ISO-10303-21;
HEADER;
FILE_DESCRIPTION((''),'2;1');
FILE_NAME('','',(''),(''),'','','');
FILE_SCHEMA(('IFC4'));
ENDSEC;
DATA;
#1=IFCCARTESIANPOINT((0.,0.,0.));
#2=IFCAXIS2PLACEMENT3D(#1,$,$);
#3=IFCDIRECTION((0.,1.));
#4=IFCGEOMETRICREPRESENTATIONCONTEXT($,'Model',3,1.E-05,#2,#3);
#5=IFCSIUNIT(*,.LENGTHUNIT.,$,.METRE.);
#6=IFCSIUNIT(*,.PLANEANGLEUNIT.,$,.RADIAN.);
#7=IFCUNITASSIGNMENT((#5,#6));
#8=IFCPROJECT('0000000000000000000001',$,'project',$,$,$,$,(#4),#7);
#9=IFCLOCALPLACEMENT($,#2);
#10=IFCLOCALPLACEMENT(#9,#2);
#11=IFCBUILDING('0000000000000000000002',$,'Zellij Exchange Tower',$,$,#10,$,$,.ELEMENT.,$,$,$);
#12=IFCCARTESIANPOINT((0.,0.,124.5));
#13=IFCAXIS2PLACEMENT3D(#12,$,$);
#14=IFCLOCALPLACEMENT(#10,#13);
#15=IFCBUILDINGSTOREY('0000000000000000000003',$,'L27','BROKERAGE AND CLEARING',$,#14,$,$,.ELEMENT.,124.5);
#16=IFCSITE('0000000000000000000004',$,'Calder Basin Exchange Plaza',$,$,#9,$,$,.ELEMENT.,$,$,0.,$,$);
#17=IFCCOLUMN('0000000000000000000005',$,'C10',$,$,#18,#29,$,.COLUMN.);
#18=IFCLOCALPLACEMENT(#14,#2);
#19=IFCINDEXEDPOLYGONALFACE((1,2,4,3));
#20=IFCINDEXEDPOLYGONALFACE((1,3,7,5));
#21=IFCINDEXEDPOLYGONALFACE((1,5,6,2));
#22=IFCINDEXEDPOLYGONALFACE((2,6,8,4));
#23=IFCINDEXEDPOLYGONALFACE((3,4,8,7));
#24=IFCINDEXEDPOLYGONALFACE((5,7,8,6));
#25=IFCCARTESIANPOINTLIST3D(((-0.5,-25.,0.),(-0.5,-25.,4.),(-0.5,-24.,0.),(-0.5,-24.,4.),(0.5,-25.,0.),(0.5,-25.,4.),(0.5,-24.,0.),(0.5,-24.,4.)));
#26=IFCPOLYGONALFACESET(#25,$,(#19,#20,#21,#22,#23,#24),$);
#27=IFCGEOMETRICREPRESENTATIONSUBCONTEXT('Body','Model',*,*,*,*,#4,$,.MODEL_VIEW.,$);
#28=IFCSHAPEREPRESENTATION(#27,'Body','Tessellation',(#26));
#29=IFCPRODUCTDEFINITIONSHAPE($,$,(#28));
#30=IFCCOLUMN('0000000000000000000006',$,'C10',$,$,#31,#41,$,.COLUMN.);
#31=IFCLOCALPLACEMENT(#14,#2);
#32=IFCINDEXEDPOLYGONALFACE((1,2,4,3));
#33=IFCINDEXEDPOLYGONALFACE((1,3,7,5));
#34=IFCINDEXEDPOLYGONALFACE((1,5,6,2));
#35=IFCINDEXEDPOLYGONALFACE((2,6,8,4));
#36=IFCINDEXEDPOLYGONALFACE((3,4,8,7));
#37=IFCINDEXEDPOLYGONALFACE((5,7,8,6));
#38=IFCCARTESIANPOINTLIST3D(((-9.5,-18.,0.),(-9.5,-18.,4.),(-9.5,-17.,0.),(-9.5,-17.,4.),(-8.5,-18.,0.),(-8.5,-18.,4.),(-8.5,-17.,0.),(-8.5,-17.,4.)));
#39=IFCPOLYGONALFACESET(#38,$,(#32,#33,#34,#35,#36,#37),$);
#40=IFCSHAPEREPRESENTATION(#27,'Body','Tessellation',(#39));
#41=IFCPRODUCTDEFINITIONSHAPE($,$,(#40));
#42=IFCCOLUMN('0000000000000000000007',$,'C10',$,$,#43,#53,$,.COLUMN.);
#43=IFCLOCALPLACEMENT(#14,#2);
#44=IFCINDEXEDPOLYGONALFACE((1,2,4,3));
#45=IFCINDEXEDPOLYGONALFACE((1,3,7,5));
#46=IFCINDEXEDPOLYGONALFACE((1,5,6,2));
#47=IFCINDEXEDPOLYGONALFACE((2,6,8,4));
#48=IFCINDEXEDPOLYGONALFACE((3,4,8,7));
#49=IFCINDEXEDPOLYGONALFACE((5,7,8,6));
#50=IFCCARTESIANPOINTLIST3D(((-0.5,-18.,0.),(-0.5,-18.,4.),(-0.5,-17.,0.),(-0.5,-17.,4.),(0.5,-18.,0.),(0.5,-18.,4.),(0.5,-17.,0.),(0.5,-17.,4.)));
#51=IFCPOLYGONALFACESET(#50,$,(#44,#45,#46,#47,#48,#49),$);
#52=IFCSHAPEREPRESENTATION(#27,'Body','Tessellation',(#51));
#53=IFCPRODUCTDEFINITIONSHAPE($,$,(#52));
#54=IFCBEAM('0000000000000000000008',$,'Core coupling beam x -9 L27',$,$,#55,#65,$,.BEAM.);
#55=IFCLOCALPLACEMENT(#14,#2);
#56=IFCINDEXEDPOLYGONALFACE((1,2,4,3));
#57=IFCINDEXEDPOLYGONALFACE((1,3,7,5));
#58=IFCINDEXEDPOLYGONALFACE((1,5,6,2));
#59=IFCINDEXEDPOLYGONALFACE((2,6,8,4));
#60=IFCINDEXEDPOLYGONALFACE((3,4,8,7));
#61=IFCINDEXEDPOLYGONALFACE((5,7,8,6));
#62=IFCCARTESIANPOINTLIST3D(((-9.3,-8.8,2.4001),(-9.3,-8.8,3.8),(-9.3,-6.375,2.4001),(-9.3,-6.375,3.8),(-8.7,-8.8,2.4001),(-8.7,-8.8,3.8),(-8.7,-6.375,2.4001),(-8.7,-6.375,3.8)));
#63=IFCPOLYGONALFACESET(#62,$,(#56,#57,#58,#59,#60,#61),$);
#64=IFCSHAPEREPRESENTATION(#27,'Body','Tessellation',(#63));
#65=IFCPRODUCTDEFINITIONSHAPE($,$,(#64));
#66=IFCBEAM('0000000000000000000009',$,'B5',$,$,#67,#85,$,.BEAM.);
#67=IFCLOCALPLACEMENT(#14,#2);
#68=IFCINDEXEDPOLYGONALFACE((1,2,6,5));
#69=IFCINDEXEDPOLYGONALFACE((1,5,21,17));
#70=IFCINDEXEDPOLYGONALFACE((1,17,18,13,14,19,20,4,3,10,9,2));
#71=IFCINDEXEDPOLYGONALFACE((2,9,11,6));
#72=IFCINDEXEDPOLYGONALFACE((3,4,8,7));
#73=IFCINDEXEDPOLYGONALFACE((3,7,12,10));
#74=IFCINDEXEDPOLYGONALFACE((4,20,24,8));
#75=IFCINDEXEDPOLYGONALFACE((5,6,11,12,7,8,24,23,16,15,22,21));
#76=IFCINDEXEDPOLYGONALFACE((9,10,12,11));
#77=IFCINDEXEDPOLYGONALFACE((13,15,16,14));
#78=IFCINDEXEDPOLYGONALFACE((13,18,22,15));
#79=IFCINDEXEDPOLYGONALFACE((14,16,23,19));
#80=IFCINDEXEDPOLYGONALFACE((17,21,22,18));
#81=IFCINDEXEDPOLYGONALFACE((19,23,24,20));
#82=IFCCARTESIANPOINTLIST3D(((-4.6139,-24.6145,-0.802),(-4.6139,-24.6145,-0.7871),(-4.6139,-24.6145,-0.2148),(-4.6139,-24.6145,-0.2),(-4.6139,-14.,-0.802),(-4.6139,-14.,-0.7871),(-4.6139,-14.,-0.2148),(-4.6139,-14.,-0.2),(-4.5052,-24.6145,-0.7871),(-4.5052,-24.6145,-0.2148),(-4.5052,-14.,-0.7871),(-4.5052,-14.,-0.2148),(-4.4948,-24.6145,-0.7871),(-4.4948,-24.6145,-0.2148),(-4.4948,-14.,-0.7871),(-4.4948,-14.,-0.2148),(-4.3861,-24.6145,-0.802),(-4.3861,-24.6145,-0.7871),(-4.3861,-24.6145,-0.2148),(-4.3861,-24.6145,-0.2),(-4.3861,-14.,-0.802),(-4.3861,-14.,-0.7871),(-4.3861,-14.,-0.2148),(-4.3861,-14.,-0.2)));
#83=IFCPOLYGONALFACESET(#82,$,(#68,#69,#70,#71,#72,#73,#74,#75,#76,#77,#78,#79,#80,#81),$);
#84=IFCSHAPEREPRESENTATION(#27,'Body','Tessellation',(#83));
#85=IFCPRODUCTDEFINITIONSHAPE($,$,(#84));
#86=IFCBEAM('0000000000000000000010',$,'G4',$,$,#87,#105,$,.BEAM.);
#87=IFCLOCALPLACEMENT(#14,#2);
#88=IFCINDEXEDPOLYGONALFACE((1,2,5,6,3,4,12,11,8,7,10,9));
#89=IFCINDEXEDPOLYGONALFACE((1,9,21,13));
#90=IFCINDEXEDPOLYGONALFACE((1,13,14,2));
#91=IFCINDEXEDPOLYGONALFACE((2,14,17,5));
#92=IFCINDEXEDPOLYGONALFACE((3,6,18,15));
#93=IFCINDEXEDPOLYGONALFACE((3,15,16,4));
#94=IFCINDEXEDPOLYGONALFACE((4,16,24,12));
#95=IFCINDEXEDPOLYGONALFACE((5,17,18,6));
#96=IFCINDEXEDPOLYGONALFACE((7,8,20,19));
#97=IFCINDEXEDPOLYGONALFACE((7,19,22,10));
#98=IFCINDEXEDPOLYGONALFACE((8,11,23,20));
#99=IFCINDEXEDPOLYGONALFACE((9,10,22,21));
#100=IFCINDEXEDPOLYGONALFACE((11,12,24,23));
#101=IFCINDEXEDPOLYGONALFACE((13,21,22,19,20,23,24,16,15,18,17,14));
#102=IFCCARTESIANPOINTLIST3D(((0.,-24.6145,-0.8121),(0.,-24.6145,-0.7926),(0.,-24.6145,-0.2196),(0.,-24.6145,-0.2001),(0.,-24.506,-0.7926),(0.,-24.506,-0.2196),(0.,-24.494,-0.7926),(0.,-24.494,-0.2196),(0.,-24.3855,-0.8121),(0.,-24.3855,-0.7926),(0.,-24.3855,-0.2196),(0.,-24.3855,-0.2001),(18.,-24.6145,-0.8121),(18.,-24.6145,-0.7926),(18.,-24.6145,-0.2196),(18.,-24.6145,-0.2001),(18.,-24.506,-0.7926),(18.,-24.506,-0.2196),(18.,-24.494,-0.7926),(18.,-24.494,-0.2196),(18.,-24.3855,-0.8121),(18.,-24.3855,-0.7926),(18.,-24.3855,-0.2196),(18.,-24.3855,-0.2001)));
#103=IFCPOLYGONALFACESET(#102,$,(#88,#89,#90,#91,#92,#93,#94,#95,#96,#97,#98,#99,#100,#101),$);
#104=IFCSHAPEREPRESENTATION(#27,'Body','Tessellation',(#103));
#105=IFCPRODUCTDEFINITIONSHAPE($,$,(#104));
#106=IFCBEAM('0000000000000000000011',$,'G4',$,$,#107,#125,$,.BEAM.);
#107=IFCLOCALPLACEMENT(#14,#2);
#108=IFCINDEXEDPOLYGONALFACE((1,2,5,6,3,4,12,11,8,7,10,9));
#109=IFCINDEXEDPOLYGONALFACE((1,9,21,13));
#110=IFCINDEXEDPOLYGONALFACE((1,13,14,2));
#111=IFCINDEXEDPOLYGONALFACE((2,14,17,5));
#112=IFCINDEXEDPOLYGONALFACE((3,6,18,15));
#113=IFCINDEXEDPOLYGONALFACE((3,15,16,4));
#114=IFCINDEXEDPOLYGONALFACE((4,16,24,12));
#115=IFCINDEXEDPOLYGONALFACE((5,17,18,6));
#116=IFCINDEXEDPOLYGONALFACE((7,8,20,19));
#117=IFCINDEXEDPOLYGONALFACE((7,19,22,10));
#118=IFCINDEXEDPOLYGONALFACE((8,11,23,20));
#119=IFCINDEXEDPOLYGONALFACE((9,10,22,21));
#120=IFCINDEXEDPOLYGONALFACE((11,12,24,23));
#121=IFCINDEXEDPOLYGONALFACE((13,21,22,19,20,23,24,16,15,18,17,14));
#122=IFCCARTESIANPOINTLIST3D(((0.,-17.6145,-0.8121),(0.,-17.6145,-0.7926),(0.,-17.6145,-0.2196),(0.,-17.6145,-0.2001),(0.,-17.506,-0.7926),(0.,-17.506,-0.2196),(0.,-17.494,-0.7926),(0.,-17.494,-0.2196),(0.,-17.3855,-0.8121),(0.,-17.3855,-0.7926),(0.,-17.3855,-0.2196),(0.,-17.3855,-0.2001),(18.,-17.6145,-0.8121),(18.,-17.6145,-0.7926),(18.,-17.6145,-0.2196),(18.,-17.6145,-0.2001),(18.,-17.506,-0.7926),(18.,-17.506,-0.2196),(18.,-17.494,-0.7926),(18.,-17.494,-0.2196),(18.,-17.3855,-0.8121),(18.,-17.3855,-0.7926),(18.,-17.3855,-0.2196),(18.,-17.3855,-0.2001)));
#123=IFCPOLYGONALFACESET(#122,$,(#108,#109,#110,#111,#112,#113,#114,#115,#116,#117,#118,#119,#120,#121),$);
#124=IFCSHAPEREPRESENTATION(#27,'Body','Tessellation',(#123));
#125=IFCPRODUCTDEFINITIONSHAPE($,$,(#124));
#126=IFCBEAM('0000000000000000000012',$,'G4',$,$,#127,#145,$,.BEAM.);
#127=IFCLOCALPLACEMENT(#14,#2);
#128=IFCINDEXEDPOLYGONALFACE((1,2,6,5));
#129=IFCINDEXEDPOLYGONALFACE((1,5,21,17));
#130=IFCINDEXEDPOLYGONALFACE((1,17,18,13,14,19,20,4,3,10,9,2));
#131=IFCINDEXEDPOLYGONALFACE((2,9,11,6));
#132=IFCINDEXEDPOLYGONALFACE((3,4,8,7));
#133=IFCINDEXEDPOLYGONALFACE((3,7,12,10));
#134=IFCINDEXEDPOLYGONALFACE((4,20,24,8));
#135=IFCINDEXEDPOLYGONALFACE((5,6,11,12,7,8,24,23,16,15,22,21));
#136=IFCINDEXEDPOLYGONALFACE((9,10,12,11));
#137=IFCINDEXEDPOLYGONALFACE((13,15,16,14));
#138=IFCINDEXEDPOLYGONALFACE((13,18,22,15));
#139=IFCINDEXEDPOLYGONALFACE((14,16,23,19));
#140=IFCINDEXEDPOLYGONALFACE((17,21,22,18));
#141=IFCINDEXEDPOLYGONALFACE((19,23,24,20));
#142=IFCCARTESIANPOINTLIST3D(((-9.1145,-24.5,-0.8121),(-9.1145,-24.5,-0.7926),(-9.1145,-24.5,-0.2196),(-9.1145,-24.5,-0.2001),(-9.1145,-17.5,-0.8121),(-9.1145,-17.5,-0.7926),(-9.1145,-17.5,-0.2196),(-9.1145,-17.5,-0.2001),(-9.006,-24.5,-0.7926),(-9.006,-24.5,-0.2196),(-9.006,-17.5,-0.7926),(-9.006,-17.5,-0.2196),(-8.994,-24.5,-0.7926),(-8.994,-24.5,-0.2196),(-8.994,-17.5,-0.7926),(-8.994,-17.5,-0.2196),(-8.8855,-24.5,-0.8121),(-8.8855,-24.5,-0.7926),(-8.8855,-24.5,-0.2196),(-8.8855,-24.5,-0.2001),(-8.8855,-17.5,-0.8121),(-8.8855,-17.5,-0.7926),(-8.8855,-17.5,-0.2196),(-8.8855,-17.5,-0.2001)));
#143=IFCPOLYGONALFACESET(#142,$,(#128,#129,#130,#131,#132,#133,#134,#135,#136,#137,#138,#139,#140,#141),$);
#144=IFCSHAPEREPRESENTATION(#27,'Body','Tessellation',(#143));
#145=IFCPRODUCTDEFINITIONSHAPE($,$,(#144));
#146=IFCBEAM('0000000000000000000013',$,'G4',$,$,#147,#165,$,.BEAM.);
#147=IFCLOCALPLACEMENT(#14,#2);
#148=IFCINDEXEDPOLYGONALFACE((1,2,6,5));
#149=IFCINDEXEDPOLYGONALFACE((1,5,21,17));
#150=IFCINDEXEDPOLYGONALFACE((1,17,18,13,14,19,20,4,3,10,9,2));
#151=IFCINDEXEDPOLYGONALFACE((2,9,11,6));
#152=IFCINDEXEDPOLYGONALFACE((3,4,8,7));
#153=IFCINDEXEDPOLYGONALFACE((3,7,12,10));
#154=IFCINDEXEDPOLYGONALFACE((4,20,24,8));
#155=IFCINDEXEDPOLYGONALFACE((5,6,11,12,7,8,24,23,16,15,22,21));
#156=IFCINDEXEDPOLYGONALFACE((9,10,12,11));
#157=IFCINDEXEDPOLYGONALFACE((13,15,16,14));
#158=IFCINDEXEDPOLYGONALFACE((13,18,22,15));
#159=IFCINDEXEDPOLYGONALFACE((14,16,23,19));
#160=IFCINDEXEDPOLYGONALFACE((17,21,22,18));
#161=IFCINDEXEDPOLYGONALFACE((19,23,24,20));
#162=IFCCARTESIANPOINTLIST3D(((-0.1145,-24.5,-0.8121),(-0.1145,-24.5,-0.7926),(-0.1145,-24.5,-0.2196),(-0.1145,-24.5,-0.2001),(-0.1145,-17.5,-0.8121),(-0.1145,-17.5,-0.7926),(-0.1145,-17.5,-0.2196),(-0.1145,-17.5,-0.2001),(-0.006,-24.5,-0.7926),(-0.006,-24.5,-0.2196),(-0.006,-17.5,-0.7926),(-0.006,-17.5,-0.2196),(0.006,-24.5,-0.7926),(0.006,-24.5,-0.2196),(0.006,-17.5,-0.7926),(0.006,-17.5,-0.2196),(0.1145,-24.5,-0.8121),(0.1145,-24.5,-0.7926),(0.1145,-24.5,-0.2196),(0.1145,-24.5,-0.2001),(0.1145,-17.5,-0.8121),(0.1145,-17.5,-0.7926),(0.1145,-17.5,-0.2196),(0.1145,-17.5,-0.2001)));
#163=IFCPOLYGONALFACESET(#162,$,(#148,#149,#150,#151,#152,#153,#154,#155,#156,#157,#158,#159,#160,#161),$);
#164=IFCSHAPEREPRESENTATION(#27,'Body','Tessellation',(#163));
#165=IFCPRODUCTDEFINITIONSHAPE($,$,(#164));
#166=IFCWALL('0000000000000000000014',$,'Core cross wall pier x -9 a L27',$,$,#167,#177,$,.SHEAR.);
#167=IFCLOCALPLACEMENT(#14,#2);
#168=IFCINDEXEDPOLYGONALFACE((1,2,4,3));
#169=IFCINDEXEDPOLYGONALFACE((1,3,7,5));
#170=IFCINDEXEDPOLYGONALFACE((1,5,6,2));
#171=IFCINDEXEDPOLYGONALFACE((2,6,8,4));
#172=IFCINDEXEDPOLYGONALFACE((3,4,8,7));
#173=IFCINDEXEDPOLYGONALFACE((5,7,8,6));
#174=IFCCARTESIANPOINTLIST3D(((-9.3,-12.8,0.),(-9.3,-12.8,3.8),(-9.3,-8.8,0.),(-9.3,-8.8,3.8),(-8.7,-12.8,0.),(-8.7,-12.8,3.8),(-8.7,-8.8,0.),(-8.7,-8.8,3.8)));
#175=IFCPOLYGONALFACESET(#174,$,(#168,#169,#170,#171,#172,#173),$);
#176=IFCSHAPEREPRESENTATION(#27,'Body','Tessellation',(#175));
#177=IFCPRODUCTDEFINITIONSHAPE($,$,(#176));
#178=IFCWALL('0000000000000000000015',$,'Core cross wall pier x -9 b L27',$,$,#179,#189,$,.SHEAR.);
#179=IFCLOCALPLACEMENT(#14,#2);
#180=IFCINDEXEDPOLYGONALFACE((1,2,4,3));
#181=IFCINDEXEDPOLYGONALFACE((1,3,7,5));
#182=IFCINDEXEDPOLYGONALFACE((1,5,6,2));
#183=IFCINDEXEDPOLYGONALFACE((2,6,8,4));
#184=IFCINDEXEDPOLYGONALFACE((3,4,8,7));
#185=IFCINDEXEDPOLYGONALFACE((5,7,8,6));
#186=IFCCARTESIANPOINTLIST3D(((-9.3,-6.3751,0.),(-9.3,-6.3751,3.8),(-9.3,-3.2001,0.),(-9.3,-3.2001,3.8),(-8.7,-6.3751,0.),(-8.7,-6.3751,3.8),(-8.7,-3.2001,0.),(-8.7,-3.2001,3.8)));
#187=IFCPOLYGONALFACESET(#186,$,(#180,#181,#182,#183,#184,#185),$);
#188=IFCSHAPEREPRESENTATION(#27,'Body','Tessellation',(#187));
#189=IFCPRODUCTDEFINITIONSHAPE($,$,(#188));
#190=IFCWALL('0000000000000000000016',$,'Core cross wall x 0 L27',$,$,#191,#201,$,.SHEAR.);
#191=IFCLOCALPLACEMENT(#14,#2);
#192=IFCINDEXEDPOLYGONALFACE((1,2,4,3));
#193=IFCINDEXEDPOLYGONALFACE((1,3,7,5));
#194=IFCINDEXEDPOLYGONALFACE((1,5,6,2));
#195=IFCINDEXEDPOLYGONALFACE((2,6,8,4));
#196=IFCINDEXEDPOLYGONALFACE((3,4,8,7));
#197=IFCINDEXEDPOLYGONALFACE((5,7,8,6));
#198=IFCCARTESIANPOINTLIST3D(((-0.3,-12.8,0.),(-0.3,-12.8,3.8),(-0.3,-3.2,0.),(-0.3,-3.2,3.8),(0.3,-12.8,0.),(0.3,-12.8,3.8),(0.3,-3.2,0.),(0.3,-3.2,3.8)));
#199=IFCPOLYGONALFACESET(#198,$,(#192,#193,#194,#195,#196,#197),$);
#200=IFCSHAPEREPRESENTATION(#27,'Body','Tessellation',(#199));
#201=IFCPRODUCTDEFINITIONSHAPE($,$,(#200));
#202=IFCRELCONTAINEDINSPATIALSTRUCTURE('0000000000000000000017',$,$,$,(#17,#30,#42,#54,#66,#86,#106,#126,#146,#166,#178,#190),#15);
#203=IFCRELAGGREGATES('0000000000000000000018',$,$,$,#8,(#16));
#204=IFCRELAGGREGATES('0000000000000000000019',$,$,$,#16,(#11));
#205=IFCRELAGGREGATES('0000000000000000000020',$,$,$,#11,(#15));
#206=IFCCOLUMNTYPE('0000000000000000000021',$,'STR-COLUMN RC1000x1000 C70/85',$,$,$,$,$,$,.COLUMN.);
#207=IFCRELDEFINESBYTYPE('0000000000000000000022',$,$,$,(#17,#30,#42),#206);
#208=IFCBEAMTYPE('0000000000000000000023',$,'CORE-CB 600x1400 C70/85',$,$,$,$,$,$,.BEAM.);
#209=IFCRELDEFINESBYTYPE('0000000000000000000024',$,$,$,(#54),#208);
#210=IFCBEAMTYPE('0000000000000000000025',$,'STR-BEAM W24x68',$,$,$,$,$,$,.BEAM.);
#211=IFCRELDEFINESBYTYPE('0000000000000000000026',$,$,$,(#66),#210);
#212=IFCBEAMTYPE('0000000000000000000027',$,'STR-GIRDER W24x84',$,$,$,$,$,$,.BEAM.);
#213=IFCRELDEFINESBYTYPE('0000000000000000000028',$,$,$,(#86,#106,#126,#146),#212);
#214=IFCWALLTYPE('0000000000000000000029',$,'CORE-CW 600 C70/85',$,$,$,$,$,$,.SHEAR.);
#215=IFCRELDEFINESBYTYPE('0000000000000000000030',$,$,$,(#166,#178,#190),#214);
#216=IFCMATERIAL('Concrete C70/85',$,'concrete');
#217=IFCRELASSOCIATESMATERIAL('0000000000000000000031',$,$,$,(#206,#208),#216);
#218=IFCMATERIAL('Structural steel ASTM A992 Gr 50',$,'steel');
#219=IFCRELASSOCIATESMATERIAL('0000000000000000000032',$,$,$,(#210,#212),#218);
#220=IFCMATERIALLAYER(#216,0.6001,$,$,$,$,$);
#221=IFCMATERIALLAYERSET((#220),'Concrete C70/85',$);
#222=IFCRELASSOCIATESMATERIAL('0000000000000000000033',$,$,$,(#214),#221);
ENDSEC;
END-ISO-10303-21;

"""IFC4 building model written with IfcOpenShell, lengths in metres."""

from ifc_helpers import new_model, si_unit, direction, frame, frame_2d, origin, origin_2d, place, context, subcontext, project, spatial, rectangle, i_section, extrude, material, layer, layer_set, material_profile, profile_set, type_object, element, save


model = new_model("IFC4")

# Units and contexts
model_context = context("Model", 3, precision=1e-05, world=origin(), true_north=direction((0.0, 1.0)))
body_context = subcontext(model_context, "Body", "Model", "MODEL_VIEW")
ifc_project = project(units=[si_unit("LENGTHUNIT", "METRE"), si_unit("PLANEANGLEUNIT", "RADIAN")], contexts=[model_context])

# Site, building, storey
site_placement = place(None, origin())
site = spatial("IfcSite", under=ifc_project, at=site_placement, Name="Calder Basin Exchange Plaza", CompositionType="ELEMENT", RefElevation=0.0)
building_placement = place(site_placement, origin())
building = spatial("IfcBuilding", under=site, at=building_placement, Name="Zellij Exchange Tower", CompositionType="ELEMENT")
storey_placement = place(building_placement, frame((0.0, 0.0, 124.5)))
storey = spatial("IfcBuildingStorey", under=building, at=storey_placement, Name="L27", Description="BROKERAGE AND CLEARING", CompositionType="ELEMENT", Elevation=124.5)

# Columns
ifc_material_1 = material(Name="Concrete C70/85", Category="concrete")
ifc_material_profile_1 = material_profile(ifc_material_1, rectangle(XDim=1.0, YDim=1.0, at=origin_2d()), Name="STR-COLUMN RC1000x1000 C70/85")
ifc_profile_set_1 = profile_set([ifc_material_profile_1], Name="Concrete C70/85")
column_type = type_object("IfcColumnType", Name="STR-COLUMN RC1000x1000 C70/85", PredefinedType="COLUMN", material=ifc_profile_set_1)
for number, where, z_axis, x_axis, name in (
    (1, (0.0, -24.5, 0.0), (0.0, 0.0, 1.0), (1.0, 0.0, 0.0), "C10"),
    (2, (-9.0, -17.5, 0.0), (0.0, 0.0, 1.0), (1.0, 0.0, 0.0), "C10"),
    (3, (0.0, -17.5, 0.0), (0.0, 0.0, 1.0), (1.0, 0.0, 0.0), "C10"),
):
    element("IfcColumn", number, at=place(storey_placement, frame(where, z_axis=z_axis, x_axis=x_axis)), inside=storey, type_object=column_type, Name=name, PredefinedType="COLUMN", context=body_context, shape_type="SweptSolid", body=[
        extrude(rectangle(XDim=1.0, YDim=1.0, at=origin_2d()), origin(), (0.0, 0.0, 1.0), 4.0),
    ])

# Beams
ifc_material_profile_2 = material_profile(ifc_material_1, rectangle(XDim=0.6001, YDim=1.3999, at=origin_2d()), Name="CORE-CB 600x1400 C70/85")
ifc_profile_set_2 = profile_set([ifc_material_profile_2], Name="Concrete C70/85")
beam_type_1 = type_object("IfcBeamType", Name="CORE-CB 600x1400 C70/85", PredefinedType="BEAM", material=ifc_profile_set_2)
beam_1_placement = place(storey_placement, frame((-9.0, -8.8, 3.1001), z_axis=(0.0, 1.0, 0.0), x_axis=(-1.0, 0.0, 0.0)))
element("IfcBeam", 4, at=beam_1_placement, inside=storey, type_object=beam_type_1, Name="Core coupling beam x -9 L27", PredefinedType="BEAM", context=body_context, shape_type="SweptSolid", body=[
    extrude(rectangle(XDim=0.6001, YDim=1.3999, at=origin_2d()), origin(), (0.0, 0.0, 1.0), 2.425),
])
ifc_material_2 = material(Name="Structural steel ASTM A992 Gr 50", Category="steel")
ifc_material_profile_3 = material_profile(ifc_material_2, i_section(OverallWidth=0.2278, OverallDepth=0.6021, WebThickness=0.0105, FlangeThickness=0.0149, at=origin_2d()), Name="W24x68")
ifc_profile_set_3 = profile_set([ifc_material_profile_3], Name="Structural steel ASTM A992 Gr 50")
beam_type_2 = type_object("IfcBeamType", Name="STR-BEAM W24x68", PredefinedType="BEAM", material=ifc_profile_set_3)
beam_2_placement = place(storey_placement, frame((-4.5, -24.6145, -0.501), z_axis=(0.0, 1.0, 0.0), x_axis=(-1.0, 0.0, 0.0)))
element("IfcBeam", 5, at=beam_2_placement, inside=storey, type_object=beam_type_2, Name="B5", PredefinedType="BEAM", context=body_context, shape_type="SweptSolid", body=[
    extrude(i_section(OverallWidth=0.2278, OverallDepth=0.6021, WebThickness=0.0105, FlangeThickness=0.0149, at=origin_2d()), origin(), (0.0, 0.0, 1.0), 10.6145),
])
ifc_material_profile_4 = material_profile(ifc_material_2, i_section(OverallWidth=0.229, OverallDepth=0.6121, WebThickness=0.012, FlangeThickness=0.0195, at=origin_2d()), Name="W24x84")
ifc_profile_set_4 = profile_set([ifc_material_profile_4], Name="Structural steel ASTM A992 Gr 50")
beam_type_3 = type_object("IfcBeamType", Name="STR-GIRDER W24x84", PredefinedType="BEAM", material=ifc_profile_set_4)
for number, where, z_axis, x_axis, name in (
    (6, (0.0, -24.5, -0.5061), (1.0, 0.0, 0.0), (0.0, 1.0, 0.0), "G4"),
    (7, (0.0, -17.5, -0.5061), (1.0, 0.0, 0.0), (0.0, 1.0, 0.0), "G4"),
):
    element("IfcBeam", number, at=place(storey_placement, frame(where, z_axis=z_axis, x_axis=x_axis)), inside=storey, type_object=beam_type_3, Name=name, PredefinedType="BEAM", context=body_context, shape_type="SweptSolid", body=[
        extrude(i_section(OverallWidth=0.229, OverallDepth=0.6121, WebThickness=0.012, FlangeThickness=0.0195, at=origin_2d()), origin(), (0.0, 0.0, 1.0), 18.0),
    ])
for number, where, z_axis, x_axis, name in (
    (8, (-9.0, -24.5, -0.5061), (0.0, 1.0, 0.0), (-1.0, 0.0, 0.0), "G4"),
    (9, (0.0, -24.5, -0.5061), (0.0, 1.0, 0.0), (-1.0, 0.0, 0.0), "G4"),
):
    element("IfcBeam", number, at=place(storey_placement, frame(where, z_axis=z_axis, x_axis=x_axis)), inside=storey, type_object=beam_type_3, Name=name, PredefinedType="BEAM", context=body_context, shape_type="SweptSolid", body=[
        extrude(i_section(OverallWidth=0.229, OverallDepth=0.6121, WebThickness=0.012, FlangeThickness=0.0195, at=origin_2d()), origin(), (0.0, 0.0, 1.0), 7.0),
    ])

# Walls
ifc_layer_1 = layer(ifc_material_1, 0.6001)
ifc_layer_set_1 = layer_set([ifc_layer_1], Name="Concrete C70/85")
wall_type_1 = type_object("IfcWallType", Name="CORE-CW 600 C70/85", PredefinedType="SHEAR", material=ifc_layer_set_1)
wall_1_placement = place(storey_placement, frame((-9.0, -12.8, 0.0), z_axis=(0.0, 0.0, 1.0), x_axis=(0.0, 1.0, 0.0)))
element("IfcWall", 10, at=wall_1_placement, inside=storey, type_object=wall_type_1, Name="Core cross wall pier x -9 a L27", PredefinedType="SHEAR", context=body_context, shape_type="SweptSolid", body=[
    extrude(rectangle(XDim=4.0, YDim=0.6001, at=frame_2d((2.0, 0.0))), origin(), (0.0, 0.0, 1.0), 3.8),
])
wall_2_placement = place(storey_placement, frame((-9.0, -6.375, 0.0), z_axis=(0.0, 0.0, 1.0), x_axis=(0.0, 1.0, 0.0)))
element("IfcWall", 11, at=wall_2_placement, inside=storey, type_object=wall_type_1, Name="Core cross wall pier x -9 b L27", PredefinedType="SHEAR", context=body_context, shape_type="SweptSolid", body=[
    extrude(rectangle(XDim=3.175, YDim=0.6001, at=frame_2d((1.5874, 0.0))), origin(), (0.0, 0.0, 1.0), 3.8),
])
wall_3_placement = place(storey_placement, frame((0.0, -12.8, 0.0), z_axis=(0.0, 0.0, 1.0), x_axis=(0.0, 1.0, 0.0)))
element("IfcWall", 12, at=wall_3_placement, inside=storey, type_object=wall_type_1, Name="Core cross wall x 0 L27", PredefinedType="SHEAR", context=body_context, shape_type="SweptSolid", body=[
    extrude(rectangle(XDim=9.6001, YDim=0.6001, at=frame_2d((4.8, 0.0))), origin(), (0.0, 0.0, 1.0), 3.8),
])

save(model, "model.ifc")
